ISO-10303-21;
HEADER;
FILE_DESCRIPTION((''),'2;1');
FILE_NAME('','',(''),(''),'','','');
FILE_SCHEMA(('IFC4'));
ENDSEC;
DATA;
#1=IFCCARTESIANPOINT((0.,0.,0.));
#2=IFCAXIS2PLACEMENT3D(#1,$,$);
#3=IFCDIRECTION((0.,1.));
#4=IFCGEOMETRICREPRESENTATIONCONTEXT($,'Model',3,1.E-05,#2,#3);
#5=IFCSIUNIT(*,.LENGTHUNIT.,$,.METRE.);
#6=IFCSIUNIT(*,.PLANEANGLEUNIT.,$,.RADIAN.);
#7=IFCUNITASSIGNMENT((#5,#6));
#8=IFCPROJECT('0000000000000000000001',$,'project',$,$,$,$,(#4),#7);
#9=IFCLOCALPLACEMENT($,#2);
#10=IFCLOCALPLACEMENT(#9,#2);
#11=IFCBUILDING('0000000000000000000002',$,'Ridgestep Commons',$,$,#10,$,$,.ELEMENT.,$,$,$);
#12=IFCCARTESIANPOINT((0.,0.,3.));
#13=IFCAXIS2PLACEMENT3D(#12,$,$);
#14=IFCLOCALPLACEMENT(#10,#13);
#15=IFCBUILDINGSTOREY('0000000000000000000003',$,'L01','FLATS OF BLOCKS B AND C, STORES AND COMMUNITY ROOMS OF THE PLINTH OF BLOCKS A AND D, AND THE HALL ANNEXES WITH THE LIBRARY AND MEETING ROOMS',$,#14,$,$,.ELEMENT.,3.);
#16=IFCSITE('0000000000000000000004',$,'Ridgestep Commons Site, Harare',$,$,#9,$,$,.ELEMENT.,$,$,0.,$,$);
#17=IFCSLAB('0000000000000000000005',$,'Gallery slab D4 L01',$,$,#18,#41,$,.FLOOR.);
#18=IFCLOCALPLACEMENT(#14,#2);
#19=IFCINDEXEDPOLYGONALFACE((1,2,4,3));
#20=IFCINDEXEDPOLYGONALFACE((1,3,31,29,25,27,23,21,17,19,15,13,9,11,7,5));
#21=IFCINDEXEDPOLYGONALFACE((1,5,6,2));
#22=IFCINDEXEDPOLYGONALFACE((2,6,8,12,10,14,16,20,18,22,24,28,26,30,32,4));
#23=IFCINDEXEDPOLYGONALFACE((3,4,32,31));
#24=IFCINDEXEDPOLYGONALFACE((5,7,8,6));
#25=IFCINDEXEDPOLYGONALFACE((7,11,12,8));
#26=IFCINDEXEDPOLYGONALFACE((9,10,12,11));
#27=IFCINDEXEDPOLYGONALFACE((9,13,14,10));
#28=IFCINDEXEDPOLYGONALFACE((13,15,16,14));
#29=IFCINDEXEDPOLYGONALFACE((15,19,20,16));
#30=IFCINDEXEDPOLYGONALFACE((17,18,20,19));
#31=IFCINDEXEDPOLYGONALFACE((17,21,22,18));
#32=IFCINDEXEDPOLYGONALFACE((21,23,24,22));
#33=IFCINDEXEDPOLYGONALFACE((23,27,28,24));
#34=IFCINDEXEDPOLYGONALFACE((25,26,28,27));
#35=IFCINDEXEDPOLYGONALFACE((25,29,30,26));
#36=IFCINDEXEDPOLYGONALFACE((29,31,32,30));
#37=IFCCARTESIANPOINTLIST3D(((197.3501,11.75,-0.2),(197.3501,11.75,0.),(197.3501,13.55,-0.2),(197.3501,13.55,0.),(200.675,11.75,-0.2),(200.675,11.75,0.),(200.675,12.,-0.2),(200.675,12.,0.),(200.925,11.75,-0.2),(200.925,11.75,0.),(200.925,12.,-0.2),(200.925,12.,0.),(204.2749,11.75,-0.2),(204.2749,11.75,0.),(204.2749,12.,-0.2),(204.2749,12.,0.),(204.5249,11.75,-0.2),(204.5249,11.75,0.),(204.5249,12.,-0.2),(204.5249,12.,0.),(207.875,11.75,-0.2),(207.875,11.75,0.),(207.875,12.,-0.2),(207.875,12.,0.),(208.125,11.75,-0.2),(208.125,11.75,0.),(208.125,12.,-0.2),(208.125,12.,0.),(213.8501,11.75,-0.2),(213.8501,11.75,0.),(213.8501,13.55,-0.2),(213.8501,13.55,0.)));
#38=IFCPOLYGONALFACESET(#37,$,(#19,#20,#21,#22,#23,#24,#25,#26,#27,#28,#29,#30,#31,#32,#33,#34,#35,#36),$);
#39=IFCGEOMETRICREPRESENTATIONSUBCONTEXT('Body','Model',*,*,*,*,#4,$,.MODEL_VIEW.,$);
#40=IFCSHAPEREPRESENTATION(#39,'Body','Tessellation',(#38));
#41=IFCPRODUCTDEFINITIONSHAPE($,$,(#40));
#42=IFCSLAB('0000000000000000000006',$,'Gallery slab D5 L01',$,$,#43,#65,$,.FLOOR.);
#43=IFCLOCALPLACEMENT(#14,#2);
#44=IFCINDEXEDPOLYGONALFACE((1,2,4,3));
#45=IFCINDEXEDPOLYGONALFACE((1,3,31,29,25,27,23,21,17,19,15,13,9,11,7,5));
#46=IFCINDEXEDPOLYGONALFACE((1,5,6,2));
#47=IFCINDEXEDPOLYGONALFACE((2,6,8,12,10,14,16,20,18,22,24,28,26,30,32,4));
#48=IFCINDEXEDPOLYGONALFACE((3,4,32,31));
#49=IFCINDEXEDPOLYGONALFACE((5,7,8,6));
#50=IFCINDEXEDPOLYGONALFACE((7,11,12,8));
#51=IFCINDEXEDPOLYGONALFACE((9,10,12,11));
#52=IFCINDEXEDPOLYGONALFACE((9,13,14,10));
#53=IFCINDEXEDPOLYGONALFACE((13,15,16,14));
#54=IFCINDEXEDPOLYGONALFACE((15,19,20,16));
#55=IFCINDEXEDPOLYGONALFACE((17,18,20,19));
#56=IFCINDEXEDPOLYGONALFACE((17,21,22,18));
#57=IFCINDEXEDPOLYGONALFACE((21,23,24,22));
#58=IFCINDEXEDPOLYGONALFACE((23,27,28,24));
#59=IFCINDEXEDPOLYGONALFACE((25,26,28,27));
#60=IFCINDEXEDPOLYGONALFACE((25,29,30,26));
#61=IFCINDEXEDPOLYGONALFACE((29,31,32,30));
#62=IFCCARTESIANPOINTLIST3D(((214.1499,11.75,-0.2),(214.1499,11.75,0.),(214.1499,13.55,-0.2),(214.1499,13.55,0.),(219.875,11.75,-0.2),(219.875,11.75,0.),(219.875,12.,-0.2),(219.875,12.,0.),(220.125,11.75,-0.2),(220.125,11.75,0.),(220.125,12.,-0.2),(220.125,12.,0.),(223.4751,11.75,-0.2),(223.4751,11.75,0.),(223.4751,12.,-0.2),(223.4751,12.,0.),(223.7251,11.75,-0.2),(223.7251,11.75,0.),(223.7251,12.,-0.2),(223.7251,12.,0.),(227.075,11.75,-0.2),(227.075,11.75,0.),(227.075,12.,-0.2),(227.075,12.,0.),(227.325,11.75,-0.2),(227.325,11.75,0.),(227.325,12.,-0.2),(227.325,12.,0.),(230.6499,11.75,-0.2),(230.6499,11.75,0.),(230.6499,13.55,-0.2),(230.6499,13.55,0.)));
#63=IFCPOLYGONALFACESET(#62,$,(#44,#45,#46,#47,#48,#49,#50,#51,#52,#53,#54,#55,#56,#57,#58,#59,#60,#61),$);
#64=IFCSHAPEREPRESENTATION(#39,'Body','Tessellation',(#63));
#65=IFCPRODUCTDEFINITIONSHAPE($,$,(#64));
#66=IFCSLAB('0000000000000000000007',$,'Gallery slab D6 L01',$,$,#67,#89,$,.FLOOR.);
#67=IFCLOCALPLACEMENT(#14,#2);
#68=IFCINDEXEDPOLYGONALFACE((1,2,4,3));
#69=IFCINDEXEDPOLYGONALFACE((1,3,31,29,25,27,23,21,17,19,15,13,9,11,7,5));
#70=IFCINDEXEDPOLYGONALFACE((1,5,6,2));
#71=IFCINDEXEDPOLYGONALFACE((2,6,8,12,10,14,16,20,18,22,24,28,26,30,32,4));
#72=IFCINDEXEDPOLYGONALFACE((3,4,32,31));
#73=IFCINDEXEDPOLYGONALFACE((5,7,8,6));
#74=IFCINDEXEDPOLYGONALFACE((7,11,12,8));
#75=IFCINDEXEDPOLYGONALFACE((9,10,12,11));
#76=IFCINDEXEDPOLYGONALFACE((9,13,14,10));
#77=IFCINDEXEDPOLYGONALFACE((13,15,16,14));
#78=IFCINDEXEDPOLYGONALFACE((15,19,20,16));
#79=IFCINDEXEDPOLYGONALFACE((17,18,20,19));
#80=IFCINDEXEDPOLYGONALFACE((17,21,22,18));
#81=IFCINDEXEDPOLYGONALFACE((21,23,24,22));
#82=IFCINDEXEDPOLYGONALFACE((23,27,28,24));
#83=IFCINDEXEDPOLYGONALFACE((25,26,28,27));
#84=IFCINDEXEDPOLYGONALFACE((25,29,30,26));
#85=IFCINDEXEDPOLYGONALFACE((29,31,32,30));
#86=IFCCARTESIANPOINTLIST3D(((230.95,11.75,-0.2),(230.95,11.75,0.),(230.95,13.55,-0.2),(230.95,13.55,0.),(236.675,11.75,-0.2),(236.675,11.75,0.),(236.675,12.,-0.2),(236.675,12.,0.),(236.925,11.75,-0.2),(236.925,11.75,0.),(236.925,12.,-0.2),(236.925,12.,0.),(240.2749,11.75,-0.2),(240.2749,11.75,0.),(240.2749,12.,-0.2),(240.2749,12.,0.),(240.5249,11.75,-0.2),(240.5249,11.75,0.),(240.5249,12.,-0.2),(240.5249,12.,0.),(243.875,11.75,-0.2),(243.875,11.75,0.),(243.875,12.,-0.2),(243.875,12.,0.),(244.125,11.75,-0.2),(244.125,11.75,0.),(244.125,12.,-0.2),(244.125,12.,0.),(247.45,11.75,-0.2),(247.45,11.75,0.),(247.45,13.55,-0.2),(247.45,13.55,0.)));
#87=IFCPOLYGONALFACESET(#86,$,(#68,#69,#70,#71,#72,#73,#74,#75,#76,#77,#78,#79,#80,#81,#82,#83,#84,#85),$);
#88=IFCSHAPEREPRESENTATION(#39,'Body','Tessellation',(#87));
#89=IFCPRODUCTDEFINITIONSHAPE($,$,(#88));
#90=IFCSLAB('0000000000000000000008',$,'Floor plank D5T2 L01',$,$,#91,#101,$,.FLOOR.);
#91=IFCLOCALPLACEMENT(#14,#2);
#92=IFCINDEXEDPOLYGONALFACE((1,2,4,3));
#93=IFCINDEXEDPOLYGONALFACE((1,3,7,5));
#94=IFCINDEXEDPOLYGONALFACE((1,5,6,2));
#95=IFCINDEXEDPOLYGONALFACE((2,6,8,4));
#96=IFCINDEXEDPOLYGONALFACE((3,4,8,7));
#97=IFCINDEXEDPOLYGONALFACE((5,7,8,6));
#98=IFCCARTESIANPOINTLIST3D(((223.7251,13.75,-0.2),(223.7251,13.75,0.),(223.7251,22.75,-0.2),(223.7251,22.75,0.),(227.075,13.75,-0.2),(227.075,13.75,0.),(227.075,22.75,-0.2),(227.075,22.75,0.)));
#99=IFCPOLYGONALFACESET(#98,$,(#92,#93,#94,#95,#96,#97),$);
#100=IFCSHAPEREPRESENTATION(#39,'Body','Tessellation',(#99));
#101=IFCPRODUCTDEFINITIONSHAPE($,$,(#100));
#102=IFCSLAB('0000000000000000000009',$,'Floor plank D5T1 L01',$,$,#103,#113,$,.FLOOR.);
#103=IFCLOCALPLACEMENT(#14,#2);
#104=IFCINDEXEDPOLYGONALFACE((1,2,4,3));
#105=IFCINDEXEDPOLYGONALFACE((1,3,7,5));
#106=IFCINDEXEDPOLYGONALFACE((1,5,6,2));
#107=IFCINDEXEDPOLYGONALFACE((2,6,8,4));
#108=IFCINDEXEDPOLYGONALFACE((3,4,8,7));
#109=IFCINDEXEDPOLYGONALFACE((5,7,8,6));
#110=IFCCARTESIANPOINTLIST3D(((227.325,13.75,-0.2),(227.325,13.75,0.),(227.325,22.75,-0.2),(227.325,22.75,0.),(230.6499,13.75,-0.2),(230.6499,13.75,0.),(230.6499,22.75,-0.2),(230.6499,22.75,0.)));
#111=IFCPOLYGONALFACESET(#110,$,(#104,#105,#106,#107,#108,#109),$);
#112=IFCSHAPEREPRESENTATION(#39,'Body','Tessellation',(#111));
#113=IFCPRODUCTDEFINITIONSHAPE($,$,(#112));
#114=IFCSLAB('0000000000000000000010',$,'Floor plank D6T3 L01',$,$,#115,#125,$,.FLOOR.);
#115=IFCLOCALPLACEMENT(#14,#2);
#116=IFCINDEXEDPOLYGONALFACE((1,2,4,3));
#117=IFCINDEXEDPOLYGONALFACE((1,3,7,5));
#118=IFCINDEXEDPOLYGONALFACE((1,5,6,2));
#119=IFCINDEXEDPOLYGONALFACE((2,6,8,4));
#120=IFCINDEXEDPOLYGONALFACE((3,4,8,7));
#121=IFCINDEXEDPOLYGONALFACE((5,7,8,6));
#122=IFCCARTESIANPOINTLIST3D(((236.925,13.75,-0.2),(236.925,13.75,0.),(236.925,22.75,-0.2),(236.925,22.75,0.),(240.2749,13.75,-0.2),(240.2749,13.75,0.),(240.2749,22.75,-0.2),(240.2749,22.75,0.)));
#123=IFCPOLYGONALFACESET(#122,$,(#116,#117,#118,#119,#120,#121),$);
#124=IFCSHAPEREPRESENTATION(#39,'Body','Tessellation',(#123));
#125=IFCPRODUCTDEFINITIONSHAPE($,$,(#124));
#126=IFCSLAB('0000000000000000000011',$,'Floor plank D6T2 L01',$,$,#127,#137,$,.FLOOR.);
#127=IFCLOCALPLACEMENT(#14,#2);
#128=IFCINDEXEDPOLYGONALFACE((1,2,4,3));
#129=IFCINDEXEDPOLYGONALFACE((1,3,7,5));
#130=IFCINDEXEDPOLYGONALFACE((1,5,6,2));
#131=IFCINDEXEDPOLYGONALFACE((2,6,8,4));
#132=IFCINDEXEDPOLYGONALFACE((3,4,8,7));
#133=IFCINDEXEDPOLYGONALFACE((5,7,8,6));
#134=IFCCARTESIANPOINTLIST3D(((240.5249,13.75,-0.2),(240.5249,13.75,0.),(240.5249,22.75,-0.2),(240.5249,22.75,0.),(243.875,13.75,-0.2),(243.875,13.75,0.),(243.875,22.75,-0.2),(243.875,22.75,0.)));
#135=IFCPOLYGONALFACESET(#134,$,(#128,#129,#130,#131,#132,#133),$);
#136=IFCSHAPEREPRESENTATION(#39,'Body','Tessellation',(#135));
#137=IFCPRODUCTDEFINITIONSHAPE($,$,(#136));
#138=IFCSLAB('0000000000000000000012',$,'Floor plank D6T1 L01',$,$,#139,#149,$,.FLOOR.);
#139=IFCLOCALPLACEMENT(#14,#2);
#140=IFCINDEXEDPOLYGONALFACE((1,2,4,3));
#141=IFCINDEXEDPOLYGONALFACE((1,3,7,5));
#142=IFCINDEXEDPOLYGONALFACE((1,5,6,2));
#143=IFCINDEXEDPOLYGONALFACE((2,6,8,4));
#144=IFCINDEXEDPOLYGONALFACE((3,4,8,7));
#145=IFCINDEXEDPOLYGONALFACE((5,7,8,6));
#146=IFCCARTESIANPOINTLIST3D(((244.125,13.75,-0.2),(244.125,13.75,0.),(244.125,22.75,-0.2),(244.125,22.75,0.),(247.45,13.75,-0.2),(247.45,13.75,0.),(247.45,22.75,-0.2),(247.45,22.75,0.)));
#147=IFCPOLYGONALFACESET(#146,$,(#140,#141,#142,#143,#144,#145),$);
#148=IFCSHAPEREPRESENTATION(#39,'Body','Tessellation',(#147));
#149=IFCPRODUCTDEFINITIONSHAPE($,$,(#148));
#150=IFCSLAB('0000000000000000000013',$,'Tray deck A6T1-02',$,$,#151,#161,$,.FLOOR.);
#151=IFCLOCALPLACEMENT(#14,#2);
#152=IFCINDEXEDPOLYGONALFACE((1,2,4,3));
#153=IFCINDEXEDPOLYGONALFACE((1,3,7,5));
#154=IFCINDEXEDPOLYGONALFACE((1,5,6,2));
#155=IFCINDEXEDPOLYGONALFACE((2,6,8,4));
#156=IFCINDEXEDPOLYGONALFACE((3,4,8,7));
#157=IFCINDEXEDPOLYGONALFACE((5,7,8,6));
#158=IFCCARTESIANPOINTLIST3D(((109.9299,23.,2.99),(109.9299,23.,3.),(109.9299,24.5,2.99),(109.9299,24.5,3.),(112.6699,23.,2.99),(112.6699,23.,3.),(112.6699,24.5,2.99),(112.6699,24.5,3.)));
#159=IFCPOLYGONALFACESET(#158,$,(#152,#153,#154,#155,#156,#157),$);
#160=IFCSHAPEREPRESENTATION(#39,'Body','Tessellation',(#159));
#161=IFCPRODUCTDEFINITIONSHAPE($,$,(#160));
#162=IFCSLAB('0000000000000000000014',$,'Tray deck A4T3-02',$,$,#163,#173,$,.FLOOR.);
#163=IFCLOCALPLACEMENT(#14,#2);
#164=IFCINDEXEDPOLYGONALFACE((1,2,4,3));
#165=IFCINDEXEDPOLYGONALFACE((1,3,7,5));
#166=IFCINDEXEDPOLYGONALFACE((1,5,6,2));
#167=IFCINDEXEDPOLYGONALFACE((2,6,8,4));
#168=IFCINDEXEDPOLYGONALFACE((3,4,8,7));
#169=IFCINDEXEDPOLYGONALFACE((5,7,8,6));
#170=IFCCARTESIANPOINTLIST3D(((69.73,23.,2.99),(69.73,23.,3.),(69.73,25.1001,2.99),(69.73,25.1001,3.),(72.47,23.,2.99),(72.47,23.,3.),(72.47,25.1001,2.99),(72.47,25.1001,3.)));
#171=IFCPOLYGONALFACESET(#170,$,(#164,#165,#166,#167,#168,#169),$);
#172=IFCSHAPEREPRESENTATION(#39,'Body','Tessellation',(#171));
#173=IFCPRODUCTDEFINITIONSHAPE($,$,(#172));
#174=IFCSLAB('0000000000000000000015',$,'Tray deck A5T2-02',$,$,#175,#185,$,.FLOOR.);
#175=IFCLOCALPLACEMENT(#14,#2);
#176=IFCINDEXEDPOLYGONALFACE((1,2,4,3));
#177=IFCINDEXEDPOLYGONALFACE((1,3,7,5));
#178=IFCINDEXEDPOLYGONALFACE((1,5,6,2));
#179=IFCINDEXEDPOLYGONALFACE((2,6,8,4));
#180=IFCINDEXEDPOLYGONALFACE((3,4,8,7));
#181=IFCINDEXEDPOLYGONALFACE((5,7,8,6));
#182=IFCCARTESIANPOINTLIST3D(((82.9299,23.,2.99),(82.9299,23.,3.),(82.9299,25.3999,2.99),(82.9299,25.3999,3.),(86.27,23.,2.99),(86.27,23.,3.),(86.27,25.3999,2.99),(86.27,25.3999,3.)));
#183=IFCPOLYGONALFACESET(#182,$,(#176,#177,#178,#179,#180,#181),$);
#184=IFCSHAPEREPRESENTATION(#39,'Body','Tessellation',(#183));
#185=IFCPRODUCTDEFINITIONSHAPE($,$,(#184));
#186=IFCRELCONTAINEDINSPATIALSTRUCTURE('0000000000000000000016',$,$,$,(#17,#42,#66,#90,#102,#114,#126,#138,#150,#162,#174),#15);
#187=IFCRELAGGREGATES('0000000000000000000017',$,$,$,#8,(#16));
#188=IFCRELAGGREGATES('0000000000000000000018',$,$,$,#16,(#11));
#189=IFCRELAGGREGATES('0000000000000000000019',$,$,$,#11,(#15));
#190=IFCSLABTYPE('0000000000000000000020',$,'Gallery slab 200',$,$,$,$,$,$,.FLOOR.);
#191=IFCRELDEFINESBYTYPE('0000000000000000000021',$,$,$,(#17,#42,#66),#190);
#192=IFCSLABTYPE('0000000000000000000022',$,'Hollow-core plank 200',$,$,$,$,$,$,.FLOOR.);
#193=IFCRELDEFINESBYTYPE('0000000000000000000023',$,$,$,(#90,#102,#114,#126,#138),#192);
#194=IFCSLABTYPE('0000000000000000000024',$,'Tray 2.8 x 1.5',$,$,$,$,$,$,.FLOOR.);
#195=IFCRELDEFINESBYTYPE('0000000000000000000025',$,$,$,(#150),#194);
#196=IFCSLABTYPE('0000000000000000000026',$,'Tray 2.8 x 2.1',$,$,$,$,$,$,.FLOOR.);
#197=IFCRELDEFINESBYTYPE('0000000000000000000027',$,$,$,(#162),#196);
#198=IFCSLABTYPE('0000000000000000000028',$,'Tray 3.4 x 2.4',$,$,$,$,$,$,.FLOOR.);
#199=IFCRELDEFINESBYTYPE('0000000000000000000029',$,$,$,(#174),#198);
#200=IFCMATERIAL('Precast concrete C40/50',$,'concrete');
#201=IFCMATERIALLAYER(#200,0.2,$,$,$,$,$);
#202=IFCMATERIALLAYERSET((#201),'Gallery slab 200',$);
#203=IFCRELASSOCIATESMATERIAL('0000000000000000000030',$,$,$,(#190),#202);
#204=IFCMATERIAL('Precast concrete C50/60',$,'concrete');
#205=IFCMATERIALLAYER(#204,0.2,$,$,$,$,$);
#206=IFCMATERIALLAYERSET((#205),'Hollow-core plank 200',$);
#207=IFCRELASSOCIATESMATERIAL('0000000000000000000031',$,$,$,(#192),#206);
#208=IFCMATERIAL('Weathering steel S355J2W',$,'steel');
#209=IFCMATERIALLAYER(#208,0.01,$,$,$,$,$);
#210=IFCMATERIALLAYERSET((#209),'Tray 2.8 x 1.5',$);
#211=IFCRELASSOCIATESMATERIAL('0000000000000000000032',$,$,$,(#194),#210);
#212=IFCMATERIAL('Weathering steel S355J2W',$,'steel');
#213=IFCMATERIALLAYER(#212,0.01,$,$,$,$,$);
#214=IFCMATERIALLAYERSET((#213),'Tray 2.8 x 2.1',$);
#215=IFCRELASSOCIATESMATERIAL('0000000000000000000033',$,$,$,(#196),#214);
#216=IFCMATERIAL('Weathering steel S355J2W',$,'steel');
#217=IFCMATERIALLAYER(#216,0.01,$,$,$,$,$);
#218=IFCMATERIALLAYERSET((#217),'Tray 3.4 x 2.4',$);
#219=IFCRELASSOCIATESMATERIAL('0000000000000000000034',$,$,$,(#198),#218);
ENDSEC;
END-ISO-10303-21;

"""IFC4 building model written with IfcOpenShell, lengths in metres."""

from ifc_helpers import new_model, si_unit, direction, frame, origin, place, context, subcontext, project, spatial, polyline, outline, extrude, material, layer, layer_set, type_object, element, save


model = new_model("IFC4")

# Units and contexts
model_context = context("Model", 3, precision=1e-05, world=origin(), true_north=direction((0.0, 1.0)))
body_context = subcontext(model_context, "Body", "Model", "MODEL_VIEW")
ifc_project = project(units=[si_unit("LENGTHUNIT", "METRE"), si_unit("PLANEANGLEUNIT", "RADIAN")], contexts=[model_context])

# Site, building, storey
site_placement = place(None, origin())
site = spatial("IfcSite", under=ifc_project, at=site_placement, Name="Ridgestep Commons Site, Harare", CompositionType="ELEMENT", RefElevation=0.0)
building_placement = place(site_placement, origin())
building = spatial("IfcBuilding", under=site, at=building_placement, Name="Ridgestep Commons", CompositionType="ELEMENT")
storey_placement = place(building_placement, frame((0.0, 0.0, 3.0)))
storey = spatial("IfcBuildingStorey", under=building, at=storey_placement, Name="L01", Description="FLATS OF BLOCKS B AND C, STORES AND COMMUNITY ROOMS OF THE PLINTH OF BLOCKS A AND D, AND THE HALL ANNEXES WITH THE LIBRARY AND MEETING ROOMS", CompositionType="ELEMENT", Elevation=3.0)

# Slabs
ifc_material_1 = material(Name="Precast concrete C40/50", Category="concrete")
ifc_layer_1 = layer(ifc_material_1, 0.2)
ifc_layer_set_1 = layer_set([ifc_layer_1], Name="Gallery slab 200")
slab_type_1 = type_object("IfcSlabType", Name="Gallery slab 200", PredefinedType="FLOOR", material=ifc_layer_set_1)
slab_1_placement = place(storey_placement, frame((0.0, 0.0, -0.2)))
element("IfcSlab", 1, at=slab_1_placement, inside=storey, type_object=slab_type_1, Name="Gallery slab D4 L01", PredefinedType="FLOOR", context=body_context, shape_type="SweptSolid", body=[
    extrude(outline(polyline([(213.8501, 13.55), (197.3501, 13.55), (197.3501, 11.75), (200.675, 11.75), (200.675, 12.0), (200.925, 12.0), (200.925, 11.75), (204.2749, 11.75), (204.2749, 12.0), (204.5249, 12.0), (204.5249, 11.75), (207.875, 11.75), (207.875, 12.0), (208.125, 12.0), (208.125, 11.75), (213.8501, 11.75), (213.8501, 13.55)])), origin(), (0.0, 0.0, 1.0), 0.2),
])
slab_2_placement = place(storey_placement, frame((0.0, 0.0, -0.2)))
element("IfcSlab", 2, at=slab_2_placement, inside=storey, type_object=slab_type_1, Name="Gallery slab D5 L01", PredefinedType="FLOOR", context=body_context, shape_type="SweptSolid", body=[
    extrude(outline(polyline([(230.6499, 13.55), (214.1499, 13.55), (214.1499, 11.75), (219.875, 11.75), (219.875, 12.0), (220.125, 12.0), (220.125, 11.75), (223.4751, 11.75), (223.4751, 12.0), (223.7251, 12.0), (223.7251, 11.75), (227.075, 11.75), (227.075, 12.0), (227.325, 12.0), (227.325, 11.75), (230.6499, 11.75), (230.6499, 13.55)])), origin(), (0.0, 0.0, 1.0), 0.2),
])
slab_3_placement = place(storey_placement, frame((0.0, 0.0, -0.2)))
element("IfcSlab", 3, at=slab_3_placement, inside=storey, type_object=slab_type_1, Name="Gallery slab D6 L01", PredefinedType="FLOOR", context=body_context, shape_type="SweptSolid", body=[
    extrude(outline(polyline([(247.45, 13.55), (230.95, 13.55), (230.95, 11.75), (236.675, 11.75), (236.675, 12.0), (236.925, 12.0), (236.925, 11.75), (240.2749, 11.75), (240.2749, 12.0), (240.5249, 12.0), (240.5249, 11.75), (243.875, 11.75), (243.875, 12.0), (244.125, 12.0), (244.125, 11.75), (247.45, 11.75), (247.45, 13.55)])), origin(), (0.0, 0.0, 1.0), 0.2),
])
ifc_material_2 = material(Name="Precast concrete C50/60", Category="concrete")
ifc_layer_2 = layer(ifc_material_2, 0.2)
ifc_layer_set_2 = layer_set([ifc_layer_2], Name="Hollow-core plank 200")
slab_type_2 = type_object("IfcSlabType", Name="Hollow-core plank 200", PredefinedType="FLOOR", material=ifc_layer_set_2)
slab_4_placement = place(storey_placement, frame((0.0, 0.0, -0.2)))
element("IfcSlab", 4, at=slab_4_placement, inside=storey, type_object=slab_type_2, Name="Floor plank D5T2 L01", PredefinedType="FLOOR", context=body_context, shape_type="SweptSolid", body=[
    extrude(outline(polyline([(227.075, 13.75), (227.075, 22.75), (223.7251, 22.75), (223.7251, 13.75), (227.075, 13.75)])), origin(), (0.0, 0.0, 1.0), 0.2),
])
slab_5_placement = place(storey_placement, frame((0.0, 0.0, -0.2)))
element("IfcSlab", 5, at=slab_5_placement, inside=storey, type_object=slab_type_2, Name="Floor plank D5T1 L01", PredefinedType="FLOOR", context=body_context, shape_type="SweptSolid", body=[
    extrude(outline(polyline([(230.6499, 13.75), (230.6499, 22.75), (227.325, 22.75), (227.325, 13.75), (230.6499, 13.75)])), origin(), (0.0, 0.0, 1.0), 0.2),
])
slab_6_placement = place(storey_placement, frame((0.0, 0.0, -0.2)))
element("IfcSlab", 6, at=slab_6_placement, inside=storey, type_object=slab_type_2, Name="Floor plank D6T3 L01", PredefinedType="FLOOR", context=body_context, shape_type="SweptSolid", body=[
    extrude(outline(polyline([(240.2749, 13.75), (240.2749, 22.75), (236.925, 22.75), (236.925, 13.75), (240.2749, 13.75)])), origin(), (0.0, 0.0, 1.0), 0.2),
])
slab_7_placement = place(storey_placement, frame((0.0, 0.0, -0.2)))
element("IfcSlab", 7, at=slab_7_placement, inside=storey, type_object=slab_type_2, Name="Floor plank D6T2 L01", PredefinedType="FLOOR", context=body_context, shape_type="SweptSolid", body=[
    extrude(outline(polyline([(243.875, 13.75), (243.875, 22.75), (240.5249, 22.75), (240.5249, 13.75), (243.875, 13.75)])), origin(), (0.0, 0.0, 1.0), 0.2),
])
slab_8_placement = place(storey_placement, frame((0.0, 0.0, -0.2)))
element("IfcSlab", 8, at=slab_8_placement, inside=storey, type_object=slab_type_2, Name="Floor plank D6T1 L01", PredefinedType="FLOOR", context=body_context, shape_type="SweptSolid", body=[
    extrude(outline(polyline([(247.45, 13.75), (247.45, 22.75), (244.125, 22.75), (244.125, 13.75), (247.45, 13.75)])), origin(), (0.0, 0.0, 1.0), 0.2),
])
ifc_material_3 = material(Name="Weathering steel S355J2W", Category="steel")
ifc_layer_3 = layer(ifc_material_3, 0.01)
ifc_layer_set_3 = layer_set([ifc_layer_3], Name="Tray 2.8 x 1.5")
slab_type_3 = type_object("IfcSlabType", Name="Tray 2.8 x 1.5", PredefinedType="FLOOR", material=ifc_layer_set_3)
slab_9_placement = place(storey_placement, frame((0.0, 0.0, 2.99)))
element("IfcSlab", 9, at=slab_9_placement, inside=storey, type_object=slab_type_3, Name="Tray deck A6T1-02", PredefinedType="FLOOR", context=body_context, shape_type="SweptSolid", body=[
    extrude(outline(polyline([(109.9299, 23.0), (112.6699, 23.0), (112.6699, 24.5), (109.9299, 24.5), (109.9299, 23.0)])), origin(), (0.0, 0.0, 1.0), 0.01),
])
ifc_material_4 = material(Name="Weathering steel S355J2W", Category="steel")
ifc_layer_4 = layer(ifc_material_4, 0.01)
ifc_layer_set_4 = layer_set([ifc_layer_4], Name="Tray 2.8 x 2.1")
slab_type_4 = type_object("IfcSlabType", Name="Tray 2.8 x 2.1", PredefinedType="FLOOR", material=ifc_layer_set_4)
slab_10_placement = place(storey_placement, frame((0.0, 0.0, 2.99)))
element("IfcSlab", 10, at=slab_10_placement, inside=storey, type_object=slab_type_4, Name="Tray deck A4T3-02", PredefinedType="FLOOR", context=body_context, shape_type="SweptSolid", body=[
    extrude(outline(polyline([(69.73, 23.0), (72.47, 23.0), (72.47, 25.1001), (69.73, 25.1001), (69.73, 23.0)])), origin(), (0.0, 0.0, 1.0), 0.01),
])
ifc_material_5 = material(Name="Weathering steel S355J2W", Category="steel")
ifc_layer_5 = layer(ifc_material_5, 0.01)
ifc_layer_set_5 = layer_set([ifc_layer_5], Name="Tray 3.4 x 2.4")
slab_type_5 = type_object("IfcSlabType", Name="Tray 3.4 x 2.4", PredefinedType="FLOOR", material=ifc_layer_set_5)
slab_11_placement = place(storey_placement, frame((0.0, 0.0, 2.99)))
element("IfcSlab", 11, at=slab_11_placement, inside=storey, type_object=slab_type_5, Name="Tray deck A5T2-02", PredefinedType="FLOOR", context=body_context, shape_type="SweptSolid", body=[
    extrude(outline(polyline([(82.9299, 23.0), (86.27, 23.0), (86.27, 25.3999), (82.9299, 25.3999), (82.9299, 23.0)])), origin(), (0.0, 0.0, 1.0), 0.01),
])

save(model, "model.ifc")
